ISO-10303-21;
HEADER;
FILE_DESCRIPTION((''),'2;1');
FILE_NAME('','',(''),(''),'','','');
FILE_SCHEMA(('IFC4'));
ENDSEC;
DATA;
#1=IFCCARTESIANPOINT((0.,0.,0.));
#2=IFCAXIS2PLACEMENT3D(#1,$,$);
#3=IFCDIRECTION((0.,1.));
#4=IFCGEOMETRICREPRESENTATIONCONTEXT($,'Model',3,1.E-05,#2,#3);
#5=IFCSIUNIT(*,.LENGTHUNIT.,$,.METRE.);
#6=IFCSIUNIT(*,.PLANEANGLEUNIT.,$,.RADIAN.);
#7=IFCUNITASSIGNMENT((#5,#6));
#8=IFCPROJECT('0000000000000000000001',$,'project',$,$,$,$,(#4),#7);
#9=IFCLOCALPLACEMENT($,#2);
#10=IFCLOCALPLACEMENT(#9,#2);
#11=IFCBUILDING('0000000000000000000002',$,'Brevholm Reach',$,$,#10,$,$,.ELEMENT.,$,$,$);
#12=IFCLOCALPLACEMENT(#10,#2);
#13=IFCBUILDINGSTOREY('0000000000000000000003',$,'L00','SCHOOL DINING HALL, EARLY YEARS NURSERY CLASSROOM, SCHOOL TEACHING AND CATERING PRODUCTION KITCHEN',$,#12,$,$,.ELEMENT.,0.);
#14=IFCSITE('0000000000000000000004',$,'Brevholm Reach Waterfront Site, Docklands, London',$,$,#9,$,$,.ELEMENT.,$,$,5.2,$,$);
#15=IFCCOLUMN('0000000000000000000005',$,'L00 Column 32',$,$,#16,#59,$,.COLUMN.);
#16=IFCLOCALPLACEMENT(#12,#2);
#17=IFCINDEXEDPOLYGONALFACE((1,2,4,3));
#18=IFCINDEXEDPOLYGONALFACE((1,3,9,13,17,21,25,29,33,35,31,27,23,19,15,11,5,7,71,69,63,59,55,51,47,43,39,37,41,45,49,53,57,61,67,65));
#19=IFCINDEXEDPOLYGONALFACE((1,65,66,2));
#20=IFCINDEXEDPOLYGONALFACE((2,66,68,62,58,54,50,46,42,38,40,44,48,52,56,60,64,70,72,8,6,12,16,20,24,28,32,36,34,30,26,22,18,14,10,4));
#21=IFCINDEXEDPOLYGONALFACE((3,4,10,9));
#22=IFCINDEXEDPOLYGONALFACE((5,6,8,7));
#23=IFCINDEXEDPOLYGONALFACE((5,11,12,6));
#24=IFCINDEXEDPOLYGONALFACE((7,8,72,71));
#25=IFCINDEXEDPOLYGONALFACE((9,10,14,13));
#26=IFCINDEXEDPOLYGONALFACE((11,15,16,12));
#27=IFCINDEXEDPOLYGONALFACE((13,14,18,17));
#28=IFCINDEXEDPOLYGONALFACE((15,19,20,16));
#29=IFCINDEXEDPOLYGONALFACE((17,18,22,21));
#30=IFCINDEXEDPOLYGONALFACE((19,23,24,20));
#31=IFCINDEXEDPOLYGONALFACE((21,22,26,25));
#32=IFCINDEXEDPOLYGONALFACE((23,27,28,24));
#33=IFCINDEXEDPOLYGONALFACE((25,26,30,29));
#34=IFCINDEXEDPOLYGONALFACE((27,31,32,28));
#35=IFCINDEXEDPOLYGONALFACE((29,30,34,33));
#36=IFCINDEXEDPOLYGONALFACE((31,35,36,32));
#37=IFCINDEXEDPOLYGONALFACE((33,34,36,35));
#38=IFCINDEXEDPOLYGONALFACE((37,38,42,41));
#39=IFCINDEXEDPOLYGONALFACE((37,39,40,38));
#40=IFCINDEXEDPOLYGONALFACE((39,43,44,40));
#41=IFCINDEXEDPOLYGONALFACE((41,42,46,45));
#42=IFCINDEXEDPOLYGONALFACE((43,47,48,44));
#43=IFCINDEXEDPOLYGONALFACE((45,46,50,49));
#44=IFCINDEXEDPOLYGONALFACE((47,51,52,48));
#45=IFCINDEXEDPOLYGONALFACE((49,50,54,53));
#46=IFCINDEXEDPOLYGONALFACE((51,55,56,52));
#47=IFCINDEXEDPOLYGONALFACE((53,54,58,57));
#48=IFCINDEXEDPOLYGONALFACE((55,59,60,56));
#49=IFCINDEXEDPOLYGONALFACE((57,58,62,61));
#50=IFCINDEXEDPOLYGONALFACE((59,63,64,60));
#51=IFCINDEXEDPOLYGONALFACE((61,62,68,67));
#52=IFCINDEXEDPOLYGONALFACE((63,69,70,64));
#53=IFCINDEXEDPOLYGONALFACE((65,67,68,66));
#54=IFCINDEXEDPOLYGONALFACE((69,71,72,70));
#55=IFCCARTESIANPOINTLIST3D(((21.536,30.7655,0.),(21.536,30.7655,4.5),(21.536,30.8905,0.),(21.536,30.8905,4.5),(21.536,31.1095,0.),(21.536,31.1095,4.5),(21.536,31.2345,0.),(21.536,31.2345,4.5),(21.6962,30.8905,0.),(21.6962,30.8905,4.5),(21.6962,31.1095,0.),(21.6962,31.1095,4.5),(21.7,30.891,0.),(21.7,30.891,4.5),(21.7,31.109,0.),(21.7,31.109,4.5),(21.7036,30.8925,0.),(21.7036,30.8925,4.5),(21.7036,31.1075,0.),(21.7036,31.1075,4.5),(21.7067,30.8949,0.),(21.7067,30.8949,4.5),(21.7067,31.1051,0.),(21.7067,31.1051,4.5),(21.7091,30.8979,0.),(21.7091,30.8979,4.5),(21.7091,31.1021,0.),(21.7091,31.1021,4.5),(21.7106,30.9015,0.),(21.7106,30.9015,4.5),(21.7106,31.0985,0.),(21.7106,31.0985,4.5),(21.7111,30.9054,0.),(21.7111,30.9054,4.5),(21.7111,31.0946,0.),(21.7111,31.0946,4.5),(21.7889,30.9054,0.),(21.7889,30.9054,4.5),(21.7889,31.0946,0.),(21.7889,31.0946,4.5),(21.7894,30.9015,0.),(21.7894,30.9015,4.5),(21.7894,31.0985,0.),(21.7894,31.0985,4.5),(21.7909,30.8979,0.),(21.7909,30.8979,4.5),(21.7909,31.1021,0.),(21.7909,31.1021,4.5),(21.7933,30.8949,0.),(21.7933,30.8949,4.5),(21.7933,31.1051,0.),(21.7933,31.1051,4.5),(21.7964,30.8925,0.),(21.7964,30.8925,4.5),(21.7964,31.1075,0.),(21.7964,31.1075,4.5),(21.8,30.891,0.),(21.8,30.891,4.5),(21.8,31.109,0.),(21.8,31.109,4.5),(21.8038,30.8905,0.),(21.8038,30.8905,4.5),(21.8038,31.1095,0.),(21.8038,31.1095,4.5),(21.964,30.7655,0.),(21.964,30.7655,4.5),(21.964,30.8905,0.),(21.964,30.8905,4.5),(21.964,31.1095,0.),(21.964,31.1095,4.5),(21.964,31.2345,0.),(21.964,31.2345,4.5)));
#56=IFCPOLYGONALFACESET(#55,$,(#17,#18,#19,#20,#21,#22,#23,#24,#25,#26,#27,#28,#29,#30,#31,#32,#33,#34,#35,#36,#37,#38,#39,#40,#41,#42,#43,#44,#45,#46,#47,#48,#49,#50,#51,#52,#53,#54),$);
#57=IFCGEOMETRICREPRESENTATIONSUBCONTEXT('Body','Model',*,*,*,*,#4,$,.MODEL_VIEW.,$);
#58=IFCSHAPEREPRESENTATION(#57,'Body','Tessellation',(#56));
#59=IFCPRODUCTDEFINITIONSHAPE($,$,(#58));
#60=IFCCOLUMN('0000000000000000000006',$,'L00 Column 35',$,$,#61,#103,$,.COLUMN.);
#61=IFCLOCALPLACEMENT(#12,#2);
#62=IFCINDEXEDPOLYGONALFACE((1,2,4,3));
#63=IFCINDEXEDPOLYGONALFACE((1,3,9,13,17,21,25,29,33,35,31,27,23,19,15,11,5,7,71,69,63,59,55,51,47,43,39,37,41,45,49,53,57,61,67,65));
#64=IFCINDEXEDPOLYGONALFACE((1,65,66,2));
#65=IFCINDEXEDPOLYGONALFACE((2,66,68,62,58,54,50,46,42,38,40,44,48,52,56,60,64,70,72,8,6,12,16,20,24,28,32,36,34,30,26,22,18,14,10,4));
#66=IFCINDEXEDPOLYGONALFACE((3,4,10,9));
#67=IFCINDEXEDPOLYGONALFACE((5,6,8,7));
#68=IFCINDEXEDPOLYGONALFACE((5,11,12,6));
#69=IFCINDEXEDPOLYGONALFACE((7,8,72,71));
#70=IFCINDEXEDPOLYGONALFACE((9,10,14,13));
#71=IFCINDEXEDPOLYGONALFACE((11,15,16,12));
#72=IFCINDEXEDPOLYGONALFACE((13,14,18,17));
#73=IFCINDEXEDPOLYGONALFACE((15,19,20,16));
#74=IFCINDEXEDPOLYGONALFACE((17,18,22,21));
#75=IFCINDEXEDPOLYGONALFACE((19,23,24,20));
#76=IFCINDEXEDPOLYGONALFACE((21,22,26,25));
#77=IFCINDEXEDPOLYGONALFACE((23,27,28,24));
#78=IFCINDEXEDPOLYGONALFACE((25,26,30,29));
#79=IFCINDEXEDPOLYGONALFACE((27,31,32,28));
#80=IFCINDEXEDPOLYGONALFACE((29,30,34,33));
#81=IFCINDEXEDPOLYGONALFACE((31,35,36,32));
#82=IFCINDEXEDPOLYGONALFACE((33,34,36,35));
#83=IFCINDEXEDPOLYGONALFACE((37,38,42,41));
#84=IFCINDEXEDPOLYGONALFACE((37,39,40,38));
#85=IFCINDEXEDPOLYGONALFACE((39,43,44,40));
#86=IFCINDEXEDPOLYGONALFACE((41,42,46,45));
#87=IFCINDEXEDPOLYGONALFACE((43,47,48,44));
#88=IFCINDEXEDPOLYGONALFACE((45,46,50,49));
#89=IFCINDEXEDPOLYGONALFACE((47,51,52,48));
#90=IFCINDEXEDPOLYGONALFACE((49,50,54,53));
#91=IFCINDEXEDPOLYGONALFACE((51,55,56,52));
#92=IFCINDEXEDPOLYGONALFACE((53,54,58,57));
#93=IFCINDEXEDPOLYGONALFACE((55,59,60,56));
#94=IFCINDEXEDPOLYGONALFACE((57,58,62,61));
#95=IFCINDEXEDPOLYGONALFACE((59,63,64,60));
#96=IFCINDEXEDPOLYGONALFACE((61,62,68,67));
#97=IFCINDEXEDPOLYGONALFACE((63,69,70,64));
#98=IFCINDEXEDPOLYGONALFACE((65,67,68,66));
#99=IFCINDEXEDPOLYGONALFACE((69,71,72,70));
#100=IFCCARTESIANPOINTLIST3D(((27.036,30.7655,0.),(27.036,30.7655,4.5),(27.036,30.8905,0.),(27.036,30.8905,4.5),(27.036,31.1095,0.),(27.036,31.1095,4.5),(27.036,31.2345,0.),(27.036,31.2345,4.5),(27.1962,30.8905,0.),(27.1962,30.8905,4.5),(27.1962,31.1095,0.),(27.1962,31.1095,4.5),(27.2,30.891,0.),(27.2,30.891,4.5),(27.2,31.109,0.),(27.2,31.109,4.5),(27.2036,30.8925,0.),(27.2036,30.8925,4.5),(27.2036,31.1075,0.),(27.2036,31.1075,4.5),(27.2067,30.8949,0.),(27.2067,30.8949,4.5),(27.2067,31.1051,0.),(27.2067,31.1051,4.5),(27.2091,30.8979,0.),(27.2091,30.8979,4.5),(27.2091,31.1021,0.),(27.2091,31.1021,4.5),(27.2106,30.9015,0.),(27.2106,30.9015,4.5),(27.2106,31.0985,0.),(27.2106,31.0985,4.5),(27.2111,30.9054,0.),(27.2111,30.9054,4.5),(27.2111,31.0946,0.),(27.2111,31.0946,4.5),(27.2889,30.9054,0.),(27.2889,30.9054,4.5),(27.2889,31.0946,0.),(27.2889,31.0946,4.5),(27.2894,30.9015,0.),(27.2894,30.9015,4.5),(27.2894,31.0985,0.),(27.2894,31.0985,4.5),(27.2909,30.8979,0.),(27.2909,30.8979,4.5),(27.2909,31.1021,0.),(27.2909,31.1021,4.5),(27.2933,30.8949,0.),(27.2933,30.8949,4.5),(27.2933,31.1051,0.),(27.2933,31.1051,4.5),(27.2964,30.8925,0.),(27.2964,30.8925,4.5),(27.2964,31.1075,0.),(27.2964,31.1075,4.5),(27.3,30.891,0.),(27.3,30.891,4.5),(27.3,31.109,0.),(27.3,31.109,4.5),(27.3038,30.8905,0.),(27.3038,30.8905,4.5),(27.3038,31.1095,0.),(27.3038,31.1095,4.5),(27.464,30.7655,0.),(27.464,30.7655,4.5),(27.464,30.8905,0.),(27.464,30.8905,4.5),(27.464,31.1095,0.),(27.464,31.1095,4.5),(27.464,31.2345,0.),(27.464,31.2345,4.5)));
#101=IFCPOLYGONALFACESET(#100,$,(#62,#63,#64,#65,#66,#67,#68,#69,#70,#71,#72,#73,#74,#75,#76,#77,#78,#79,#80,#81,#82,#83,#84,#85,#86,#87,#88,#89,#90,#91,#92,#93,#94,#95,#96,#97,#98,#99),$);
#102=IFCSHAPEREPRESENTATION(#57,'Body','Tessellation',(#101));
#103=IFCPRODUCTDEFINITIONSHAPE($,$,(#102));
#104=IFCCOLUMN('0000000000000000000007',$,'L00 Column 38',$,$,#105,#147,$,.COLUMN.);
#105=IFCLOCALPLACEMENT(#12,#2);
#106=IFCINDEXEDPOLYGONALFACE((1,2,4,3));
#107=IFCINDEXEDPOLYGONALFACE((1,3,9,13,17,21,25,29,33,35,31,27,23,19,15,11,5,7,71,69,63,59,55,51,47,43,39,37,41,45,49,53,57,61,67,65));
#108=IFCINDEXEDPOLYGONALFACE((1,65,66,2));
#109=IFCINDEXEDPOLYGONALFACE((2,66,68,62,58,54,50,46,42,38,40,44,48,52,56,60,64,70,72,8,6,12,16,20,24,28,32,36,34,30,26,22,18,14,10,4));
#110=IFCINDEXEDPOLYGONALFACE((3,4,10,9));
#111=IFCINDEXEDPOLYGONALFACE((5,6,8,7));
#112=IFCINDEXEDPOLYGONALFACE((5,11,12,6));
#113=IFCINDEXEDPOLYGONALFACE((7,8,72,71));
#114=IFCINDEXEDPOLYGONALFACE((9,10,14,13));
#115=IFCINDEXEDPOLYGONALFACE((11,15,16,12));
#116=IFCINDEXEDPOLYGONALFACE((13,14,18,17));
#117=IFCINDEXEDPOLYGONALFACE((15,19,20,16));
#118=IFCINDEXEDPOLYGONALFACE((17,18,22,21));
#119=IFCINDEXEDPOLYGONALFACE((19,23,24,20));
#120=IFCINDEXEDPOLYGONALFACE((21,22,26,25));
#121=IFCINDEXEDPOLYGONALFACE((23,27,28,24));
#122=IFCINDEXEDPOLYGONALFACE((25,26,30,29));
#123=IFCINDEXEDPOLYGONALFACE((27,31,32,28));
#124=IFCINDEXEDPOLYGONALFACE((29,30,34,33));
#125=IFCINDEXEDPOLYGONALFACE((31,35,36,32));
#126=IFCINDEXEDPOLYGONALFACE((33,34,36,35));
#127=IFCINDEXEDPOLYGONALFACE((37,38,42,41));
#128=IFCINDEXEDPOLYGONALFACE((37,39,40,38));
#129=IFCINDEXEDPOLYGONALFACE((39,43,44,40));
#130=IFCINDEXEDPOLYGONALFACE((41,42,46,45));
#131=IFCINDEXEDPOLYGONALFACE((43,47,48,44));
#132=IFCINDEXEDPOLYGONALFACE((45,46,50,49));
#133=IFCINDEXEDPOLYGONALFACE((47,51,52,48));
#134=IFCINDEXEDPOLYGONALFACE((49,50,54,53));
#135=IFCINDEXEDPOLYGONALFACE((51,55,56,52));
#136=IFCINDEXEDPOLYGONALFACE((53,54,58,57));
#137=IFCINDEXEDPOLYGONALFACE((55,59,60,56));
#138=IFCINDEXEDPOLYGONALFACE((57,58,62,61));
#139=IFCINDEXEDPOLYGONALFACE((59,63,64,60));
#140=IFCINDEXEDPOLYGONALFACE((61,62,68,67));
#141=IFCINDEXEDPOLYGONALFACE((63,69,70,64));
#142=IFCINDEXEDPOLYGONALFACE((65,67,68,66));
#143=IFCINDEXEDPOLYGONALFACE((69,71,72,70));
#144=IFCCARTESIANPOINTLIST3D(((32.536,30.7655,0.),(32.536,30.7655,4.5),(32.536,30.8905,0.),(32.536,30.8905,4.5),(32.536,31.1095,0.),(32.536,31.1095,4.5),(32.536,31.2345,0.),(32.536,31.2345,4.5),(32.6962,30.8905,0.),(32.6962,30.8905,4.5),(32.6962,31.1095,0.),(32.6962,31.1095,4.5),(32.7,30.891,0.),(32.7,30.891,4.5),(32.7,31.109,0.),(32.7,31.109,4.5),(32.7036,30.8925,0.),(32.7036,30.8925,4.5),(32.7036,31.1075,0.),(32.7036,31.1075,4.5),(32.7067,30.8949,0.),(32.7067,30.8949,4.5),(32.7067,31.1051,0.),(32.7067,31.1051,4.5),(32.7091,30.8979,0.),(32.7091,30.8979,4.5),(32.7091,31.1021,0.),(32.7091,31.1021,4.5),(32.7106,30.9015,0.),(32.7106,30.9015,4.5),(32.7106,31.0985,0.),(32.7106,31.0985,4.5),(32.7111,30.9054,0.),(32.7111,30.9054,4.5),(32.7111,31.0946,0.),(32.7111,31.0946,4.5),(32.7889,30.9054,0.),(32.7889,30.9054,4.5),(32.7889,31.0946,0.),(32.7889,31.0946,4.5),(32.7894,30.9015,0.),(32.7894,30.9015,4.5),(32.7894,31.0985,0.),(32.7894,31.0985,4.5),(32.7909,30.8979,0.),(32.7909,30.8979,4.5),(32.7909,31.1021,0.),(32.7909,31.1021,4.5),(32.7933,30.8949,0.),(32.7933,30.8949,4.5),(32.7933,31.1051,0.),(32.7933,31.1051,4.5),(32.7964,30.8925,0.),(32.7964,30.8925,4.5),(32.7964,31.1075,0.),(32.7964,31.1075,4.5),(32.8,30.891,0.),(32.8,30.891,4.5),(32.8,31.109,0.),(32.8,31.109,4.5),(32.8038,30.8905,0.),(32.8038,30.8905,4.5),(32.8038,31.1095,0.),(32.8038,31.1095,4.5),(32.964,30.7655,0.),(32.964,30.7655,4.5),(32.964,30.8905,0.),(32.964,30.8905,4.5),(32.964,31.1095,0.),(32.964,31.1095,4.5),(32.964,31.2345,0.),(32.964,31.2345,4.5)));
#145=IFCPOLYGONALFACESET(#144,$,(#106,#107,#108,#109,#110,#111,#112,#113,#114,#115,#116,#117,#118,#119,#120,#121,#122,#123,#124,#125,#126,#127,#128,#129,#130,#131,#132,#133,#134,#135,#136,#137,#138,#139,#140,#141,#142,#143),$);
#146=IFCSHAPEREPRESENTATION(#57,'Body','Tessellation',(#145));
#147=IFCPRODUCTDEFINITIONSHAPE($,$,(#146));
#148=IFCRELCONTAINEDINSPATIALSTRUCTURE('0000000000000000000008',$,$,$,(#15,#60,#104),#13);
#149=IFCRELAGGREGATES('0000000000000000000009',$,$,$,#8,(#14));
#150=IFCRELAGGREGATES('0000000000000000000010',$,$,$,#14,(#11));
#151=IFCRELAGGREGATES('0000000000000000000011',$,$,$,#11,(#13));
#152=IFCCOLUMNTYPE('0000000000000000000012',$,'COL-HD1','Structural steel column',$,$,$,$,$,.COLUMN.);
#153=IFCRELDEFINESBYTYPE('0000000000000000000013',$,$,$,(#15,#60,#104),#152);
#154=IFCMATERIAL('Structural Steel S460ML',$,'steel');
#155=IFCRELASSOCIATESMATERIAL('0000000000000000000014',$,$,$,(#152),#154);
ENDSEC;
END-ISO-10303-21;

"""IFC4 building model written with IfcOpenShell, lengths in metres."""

from ifc_helpers import new_model, si_unit, direction, frame, origin, origin_2d, place, context, subcontext, project, spatial, i_section, extrude, material, material_profile, profile_set, type_object, element, save


model = new_model("IFC4")

# Units and contexts
model_context = context("Model", 3, precision=1e-05, world=origin(), true_north=direction((0.0, 1.0)))
body_context = subcontext(model_context, "Body", "Model", "MODEL_VIEW")
ifc_project = project(units=[si_unit("LENGTHUNIT", "METRE"), si_unit("PLANEANGLEUNIT", "RADIAN")], contexts=[model_context])

# Site, building, storey
site_placement = place(None, origin())
site = spatial("IfcSite", under=ifc_project, at=site_placement, Name="Brevholm Reach Waterfront Site, Docklands, London", CompositionType="ELEMENT", RefElevation=5.2)
building_placement = place(site_placement, origin())
building = spatial("IfcBuilding", under=site, at=building_placement, Name="Brevholm Reach", CompositionType="ELEMENT")
storey_placement = place(building_placement, origin())
storey = spatial("IfcBuildingStorey", under=building, at=storey_placement, Name="L00", Description="SCHOOL DINING HALL, EARLY YEARS NURSERY CLASSROOM, SCHOOL TEACHING AND CATERING PRODUCTION KITCHEN", CompositionType="ELEMENT", Elevation=0.0)

# Columns
ifc_material_1 = material(Name="Structural Steel S460ML", Category="steel")
ifc_material_profile_1 = material_profile(ifc_material_1, i_section(OverallWidth=0.428, OverallDepth=0.469, WebThickness=0.0779, FlangeThickness=0.125, FilletRadius=0.0149, at=origin_2d()), Name="HD 400x1086")
ifc_profile_set_1 = profile_set([ifc_material_profile_1], Name="Structural Steel S460ML")
column_type_1 = type_object("IfcColumnType", Name="COL-HD1", Description="Structural steel column", PredefinedType="COLUMN", material=ifc_profile_set_1)
for number, where, z_axis, x_axis, name in (
    (1, (21.75, 31.0, 0.0), (0.0, 0.0, 1.0), (1.0, 0.0, 0.0), "L00 Column 32"),
    (2, (27.25, 31.0, 0.0), (0.0, 0.0, 1.0), (1.0, 0.0, 0.0), "L00 Column 35"),
    (3, (32.75, 31.0, 0.0), (0.0, 0.0, 1.0), (1.0, 0.0, 0.0), "L00 Column 38"),
):
    element("IfcColumn", number, at=place(storey_placement, frame(where, z_axis=z_axis, x_axis=x_axis)), inside=storey, type_object=column_type_1, Name=name, PredefinedType="COLUMN", context=body_context, shape_type="SweptSolid", body=[
        extrude(i_section(OverallWidth=0.428, OverallDepth=0.469, WebThickness=0.0779, FlangeThickness=0.125, FilletRadius=0.0149, at=origin_2d()), origin(), (0.0, 0.0, 1.0), 4.5),
    ])

save(model, "model.ifc")
